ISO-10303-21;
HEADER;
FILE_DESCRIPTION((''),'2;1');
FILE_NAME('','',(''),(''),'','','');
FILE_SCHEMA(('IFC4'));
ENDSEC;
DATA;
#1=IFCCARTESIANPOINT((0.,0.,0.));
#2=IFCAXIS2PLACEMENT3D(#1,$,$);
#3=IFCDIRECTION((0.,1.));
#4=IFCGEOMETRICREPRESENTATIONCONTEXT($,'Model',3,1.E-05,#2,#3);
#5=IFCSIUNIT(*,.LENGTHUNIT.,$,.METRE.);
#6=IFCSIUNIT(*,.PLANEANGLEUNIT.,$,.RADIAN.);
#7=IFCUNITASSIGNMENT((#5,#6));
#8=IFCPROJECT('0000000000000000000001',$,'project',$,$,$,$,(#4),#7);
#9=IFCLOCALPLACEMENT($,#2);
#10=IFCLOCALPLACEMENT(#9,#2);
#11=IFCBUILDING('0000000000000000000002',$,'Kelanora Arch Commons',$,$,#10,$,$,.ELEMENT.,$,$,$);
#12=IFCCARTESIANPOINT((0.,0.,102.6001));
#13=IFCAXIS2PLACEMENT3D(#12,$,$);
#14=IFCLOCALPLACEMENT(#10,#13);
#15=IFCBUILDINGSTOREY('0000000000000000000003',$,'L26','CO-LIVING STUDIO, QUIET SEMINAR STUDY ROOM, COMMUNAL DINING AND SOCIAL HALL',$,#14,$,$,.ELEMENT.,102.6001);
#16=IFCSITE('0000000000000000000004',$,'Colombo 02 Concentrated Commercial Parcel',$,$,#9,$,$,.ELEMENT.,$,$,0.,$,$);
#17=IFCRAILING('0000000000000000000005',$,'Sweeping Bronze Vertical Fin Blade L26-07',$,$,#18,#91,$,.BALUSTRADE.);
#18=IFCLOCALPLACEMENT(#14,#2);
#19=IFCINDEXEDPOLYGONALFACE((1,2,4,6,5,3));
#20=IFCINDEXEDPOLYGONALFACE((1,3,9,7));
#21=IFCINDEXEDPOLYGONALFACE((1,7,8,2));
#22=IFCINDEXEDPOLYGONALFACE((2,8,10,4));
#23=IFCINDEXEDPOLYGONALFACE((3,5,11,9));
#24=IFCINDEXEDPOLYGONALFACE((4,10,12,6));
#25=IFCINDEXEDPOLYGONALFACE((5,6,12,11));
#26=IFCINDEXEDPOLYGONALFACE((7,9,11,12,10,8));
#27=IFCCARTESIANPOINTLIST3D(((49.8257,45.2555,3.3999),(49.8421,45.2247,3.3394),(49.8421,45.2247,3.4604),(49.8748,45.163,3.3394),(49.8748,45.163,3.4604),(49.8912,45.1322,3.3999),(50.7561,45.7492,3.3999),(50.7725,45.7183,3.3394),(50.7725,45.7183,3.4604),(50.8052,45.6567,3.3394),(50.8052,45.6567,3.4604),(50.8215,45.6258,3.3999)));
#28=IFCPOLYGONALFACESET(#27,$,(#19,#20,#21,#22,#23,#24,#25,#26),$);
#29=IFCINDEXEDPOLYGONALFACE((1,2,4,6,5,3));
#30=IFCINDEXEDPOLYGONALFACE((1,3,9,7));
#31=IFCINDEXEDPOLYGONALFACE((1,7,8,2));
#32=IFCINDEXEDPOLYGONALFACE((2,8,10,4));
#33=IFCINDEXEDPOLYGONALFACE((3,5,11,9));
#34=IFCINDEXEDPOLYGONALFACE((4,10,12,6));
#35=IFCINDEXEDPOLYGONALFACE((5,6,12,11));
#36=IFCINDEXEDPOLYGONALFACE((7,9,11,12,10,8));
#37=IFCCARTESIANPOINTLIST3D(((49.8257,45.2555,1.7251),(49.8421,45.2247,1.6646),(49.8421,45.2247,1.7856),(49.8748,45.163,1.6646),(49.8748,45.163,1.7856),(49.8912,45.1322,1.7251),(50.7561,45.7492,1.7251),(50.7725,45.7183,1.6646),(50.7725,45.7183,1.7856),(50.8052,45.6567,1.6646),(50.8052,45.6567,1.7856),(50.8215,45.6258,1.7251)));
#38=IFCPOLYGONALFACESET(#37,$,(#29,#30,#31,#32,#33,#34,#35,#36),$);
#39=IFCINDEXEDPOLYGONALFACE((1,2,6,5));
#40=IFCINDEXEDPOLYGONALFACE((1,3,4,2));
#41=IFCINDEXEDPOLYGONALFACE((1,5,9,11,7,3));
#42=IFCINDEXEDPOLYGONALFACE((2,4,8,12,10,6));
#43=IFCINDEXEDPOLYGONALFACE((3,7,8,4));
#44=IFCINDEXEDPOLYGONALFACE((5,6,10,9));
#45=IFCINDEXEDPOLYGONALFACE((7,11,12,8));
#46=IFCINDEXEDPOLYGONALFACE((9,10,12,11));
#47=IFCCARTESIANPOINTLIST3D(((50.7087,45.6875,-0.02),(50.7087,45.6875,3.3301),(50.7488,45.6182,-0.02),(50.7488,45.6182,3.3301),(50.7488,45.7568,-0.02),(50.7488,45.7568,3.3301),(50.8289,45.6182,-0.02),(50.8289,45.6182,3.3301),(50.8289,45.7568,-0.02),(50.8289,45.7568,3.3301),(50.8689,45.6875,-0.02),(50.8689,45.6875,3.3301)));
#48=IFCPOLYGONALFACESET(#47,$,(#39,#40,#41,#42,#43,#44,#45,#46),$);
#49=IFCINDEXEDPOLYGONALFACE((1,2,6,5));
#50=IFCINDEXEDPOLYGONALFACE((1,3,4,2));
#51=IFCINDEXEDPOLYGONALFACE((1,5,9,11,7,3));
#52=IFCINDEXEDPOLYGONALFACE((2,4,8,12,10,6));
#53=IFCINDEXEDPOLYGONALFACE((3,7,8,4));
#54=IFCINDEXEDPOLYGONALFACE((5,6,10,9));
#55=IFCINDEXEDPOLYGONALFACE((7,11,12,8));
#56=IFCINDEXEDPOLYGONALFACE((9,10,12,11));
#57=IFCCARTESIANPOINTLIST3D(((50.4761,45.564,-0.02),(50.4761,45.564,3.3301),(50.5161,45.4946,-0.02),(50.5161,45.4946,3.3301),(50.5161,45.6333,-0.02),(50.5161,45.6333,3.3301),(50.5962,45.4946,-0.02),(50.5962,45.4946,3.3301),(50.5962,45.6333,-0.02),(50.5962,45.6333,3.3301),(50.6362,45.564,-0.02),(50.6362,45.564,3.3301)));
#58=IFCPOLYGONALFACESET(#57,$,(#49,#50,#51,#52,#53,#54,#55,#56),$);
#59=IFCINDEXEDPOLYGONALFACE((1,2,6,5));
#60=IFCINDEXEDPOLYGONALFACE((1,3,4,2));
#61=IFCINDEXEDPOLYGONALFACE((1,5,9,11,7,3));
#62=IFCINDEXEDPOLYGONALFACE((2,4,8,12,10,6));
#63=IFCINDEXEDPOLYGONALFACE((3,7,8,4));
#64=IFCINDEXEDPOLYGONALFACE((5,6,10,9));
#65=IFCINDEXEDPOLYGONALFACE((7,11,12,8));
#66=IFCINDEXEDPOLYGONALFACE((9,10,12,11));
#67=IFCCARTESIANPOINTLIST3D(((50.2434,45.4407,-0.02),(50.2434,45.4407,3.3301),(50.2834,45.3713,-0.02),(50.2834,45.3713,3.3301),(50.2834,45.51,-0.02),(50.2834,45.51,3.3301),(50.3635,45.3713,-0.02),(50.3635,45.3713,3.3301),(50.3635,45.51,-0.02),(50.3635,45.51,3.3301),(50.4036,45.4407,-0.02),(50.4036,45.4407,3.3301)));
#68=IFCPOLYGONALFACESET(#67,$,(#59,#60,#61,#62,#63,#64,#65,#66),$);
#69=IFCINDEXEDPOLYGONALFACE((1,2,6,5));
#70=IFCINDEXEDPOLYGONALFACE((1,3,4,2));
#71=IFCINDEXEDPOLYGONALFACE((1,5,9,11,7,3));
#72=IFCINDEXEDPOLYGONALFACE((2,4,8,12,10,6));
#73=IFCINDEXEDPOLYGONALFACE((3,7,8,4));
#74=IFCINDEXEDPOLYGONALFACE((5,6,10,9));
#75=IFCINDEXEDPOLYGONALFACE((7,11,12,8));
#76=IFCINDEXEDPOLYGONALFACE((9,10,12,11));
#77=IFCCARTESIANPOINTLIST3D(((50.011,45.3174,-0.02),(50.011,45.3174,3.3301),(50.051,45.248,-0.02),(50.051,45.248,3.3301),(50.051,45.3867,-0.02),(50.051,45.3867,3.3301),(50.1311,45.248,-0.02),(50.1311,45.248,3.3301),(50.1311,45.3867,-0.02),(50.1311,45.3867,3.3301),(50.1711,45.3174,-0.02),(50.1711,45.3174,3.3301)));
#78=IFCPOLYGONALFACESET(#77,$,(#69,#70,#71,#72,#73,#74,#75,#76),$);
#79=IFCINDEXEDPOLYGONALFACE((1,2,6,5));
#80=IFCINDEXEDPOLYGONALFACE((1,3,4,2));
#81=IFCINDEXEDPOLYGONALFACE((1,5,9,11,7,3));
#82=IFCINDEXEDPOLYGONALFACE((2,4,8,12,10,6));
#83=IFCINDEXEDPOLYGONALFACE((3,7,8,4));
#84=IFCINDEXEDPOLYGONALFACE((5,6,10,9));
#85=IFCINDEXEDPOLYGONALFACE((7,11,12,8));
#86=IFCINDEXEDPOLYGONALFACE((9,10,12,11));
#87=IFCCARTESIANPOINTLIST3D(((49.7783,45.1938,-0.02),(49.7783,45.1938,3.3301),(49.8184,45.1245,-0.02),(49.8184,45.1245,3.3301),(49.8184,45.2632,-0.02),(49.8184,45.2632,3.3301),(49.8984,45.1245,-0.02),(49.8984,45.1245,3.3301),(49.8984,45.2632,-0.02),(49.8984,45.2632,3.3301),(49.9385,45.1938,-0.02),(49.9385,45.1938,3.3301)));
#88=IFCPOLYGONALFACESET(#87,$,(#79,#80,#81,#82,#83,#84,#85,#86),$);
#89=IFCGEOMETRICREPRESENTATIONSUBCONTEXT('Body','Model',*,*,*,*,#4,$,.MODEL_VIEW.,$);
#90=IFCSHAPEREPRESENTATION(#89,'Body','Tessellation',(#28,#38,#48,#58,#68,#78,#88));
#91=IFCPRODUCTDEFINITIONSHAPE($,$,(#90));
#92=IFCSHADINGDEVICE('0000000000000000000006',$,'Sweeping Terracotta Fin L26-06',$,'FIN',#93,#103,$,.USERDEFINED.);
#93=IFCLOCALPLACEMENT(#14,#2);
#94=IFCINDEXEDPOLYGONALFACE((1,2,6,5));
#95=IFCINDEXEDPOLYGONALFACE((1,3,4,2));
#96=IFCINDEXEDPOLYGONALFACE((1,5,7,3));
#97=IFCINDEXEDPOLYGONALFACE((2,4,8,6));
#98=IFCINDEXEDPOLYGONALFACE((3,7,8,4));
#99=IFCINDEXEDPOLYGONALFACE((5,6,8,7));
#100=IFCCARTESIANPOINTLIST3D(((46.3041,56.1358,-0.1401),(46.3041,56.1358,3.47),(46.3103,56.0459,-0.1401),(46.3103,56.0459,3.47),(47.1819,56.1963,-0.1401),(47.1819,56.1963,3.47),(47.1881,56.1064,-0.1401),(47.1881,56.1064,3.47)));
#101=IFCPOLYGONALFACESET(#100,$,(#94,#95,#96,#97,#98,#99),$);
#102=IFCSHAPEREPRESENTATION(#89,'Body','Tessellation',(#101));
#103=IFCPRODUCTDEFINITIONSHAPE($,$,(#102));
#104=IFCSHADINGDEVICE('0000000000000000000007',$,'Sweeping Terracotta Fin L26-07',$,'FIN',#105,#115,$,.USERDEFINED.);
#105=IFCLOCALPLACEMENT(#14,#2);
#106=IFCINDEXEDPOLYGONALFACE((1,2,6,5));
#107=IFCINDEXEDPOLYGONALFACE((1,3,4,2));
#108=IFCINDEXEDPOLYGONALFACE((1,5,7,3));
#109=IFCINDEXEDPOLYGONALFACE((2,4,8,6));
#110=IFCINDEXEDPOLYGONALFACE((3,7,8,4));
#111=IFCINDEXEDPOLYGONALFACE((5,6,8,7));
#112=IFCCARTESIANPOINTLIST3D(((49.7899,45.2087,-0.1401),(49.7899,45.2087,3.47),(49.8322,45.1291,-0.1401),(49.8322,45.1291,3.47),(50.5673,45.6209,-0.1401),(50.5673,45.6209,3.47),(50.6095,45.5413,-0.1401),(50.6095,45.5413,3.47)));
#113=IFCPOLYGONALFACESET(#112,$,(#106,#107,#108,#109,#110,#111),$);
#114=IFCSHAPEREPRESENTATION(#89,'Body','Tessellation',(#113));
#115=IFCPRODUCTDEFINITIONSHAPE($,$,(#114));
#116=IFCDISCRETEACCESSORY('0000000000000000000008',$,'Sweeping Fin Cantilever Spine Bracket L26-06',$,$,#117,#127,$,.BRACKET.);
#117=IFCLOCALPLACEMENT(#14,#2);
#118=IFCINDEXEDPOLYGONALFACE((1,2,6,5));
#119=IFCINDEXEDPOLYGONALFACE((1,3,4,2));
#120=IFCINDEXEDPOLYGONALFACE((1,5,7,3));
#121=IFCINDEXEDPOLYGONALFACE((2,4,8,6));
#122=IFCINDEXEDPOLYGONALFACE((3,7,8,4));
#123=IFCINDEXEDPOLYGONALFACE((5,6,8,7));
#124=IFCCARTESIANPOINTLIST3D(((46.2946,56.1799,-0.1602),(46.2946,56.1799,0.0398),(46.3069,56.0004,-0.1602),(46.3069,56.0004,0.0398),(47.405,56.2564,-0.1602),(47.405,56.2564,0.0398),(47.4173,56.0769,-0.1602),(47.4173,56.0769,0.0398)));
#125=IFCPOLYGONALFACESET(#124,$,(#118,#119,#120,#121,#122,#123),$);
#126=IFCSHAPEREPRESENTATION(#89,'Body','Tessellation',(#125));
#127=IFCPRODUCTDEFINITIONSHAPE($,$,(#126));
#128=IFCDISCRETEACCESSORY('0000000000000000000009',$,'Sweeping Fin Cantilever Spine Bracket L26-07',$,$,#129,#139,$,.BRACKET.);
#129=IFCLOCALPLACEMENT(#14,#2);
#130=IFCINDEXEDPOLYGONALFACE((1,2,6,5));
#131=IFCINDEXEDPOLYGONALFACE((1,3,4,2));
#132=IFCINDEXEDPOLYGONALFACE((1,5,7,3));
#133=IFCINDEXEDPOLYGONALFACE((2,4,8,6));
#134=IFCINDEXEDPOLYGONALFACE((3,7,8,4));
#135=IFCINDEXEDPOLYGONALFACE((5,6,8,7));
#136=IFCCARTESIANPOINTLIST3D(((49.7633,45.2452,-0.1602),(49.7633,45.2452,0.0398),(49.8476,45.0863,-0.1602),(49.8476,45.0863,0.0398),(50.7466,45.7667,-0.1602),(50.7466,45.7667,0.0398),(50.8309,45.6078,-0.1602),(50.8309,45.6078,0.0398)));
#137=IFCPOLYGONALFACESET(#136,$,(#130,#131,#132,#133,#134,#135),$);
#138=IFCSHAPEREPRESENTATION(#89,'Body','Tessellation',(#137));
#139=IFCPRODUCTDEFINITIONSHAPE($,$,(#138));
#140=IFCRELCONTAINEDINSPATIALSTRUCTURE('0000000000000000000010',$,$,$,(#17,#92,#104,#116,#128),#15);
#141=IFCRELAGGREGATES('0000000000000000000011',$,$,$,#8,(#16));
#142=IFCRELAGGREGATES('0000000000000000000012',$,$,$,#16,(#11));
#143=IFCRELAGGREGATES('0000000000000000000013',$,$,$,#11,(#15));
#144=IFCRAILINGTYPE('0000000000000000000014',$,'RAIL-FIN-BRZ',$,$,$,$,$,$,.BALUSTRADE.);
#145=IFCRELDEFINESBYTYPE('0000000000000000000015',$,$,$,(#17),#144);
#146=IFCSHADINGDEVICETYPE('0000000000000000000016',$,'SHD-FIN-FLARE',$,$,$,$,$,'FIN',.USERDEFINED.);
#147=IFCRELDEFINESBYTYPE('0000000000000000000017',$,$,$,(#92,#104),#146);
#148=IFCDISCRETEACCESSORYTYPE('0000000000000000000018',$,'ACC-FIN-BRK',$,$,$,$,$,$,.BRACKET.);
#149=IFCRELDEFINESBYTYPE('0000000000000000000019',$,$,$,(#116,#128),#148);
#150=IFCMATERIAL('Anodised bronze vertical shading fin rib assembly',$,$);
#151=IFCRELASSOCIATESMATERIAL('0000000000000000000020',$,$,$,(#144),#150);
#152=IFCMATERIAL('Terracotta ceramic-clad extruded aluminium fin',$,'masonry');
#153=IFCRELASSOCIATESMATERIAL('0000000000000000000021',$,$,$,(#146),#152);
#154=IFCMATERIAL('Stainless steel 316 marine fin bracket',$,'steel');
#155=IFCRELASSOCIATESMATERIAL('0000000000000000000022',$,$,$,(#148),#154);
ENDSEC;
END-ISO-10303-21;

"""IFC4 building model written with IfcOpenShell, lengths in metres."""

from ifc_helpers import new_model, si_unit, direction, frame, origin, origin_2d, place, context, subcontext, project, spatial, polyline, rectangle, outline, extrude, source, transform, mapped, material, type_object, element, save


model = new_model("IFC4")

# Units and contexts
model_context = context("Model", 3, precision=1e-05, world=origin(), true_north=direction((0.0, 1.0)))
body_context = subcontext(model_context, "Body", "Model", "MODEL_VIEW")
ifc_project = project(units=[si_unit("LENGTHUNIT", "METRE"), si_unit("PLANEANGLEUNIT", "RADIAN")], contexts=[model_context])

# Site, building, storey
site_placement = place(None, origin())
site = spatial("IfcSite", under=ifc_project, at=site_placement, Name="Colombo 02 Concentrated Commercial Parcel", CompositionType="ELEMENT", RefElevation=0.0)
building_placement = place(site_placement, origin())
building = spatial("IfcBuilding", under=site, at=building_placement, Name="Kelanora Arch Commons", CompositionType="ELEMENT")
storey_placement = place(building_placement, frame((0.0, 0.0, 102.6001)))
storey = spatial("IfcBuildingStorey", under=building, at=storey_placement, Name="L26", Description="CO-LIVING STUDIO, QUIET SEMINAR STUDY ROOM, COMMUNAL DINING AND SOCIAL HALL", CompositionType="ELEMENT", Elevation=102.6001)

# Railing
ifc_material_1 = material(Name="Anodised bronze vertical shading fin rib assembly")
railing_type = type_object("IfcRailingType", Name="RAIL-FIN-BRZ", PredefinedType="BALUSTRADE", material=ifc_material_1)
railing_1_placement = place(storey_placement, frame((50.7888, 45.6875, -0.02)))
element("IfcRailing", 1, at=railing_1_placement, inside=storey, type_object=railing_type, Name="Sweeping Bronze Vertical Fin Blade L26-07", PredefinedType="BALUSTRADE", context=body_context, shape_type="SweptSolid", body=[
    extrude(outline(polyline([(0.0698, 0.0), (0.0349, 0.0605), (-0.0349, 0.0605), (-0.0698, 0.0), (-0.0349, -0.0605), (0.0349, -0.0605), (0.0698, 0.0)])), frame((0.0, 0.0, 3.4199), z_axis=(-0.883365, -0.468686, 0.0), x_axis=(0.468686, -0.883365, 0.0)), (0.0, 0.0, 1.0), 1.0532),
    extrude(outline(polyline([(0.0698, 0.0), (0.0349, 0.0605), (-0.0349, 0.0605), (-0.0698, 0.0), (-0.0349, -0.0605), (0.0349, -0.0605), (0.0698, 0.0)])), frame((0.0, 0.0, 1.7451), z_axis=(-0.883365, -0.468686, 0.0), x_axis=(0.468686, -0.883365, 0.0)), (0.0, 0.0, 1.0), 1.0532),
    extrude(outline(polyline([(0.0801, 0.0), (0.04, 0.0693), (-0.04, 0.0693), (-0.0801, 0.0), (-0.04, -0.0693), (0.04, -0.0693), (0.0801, 0.0)])), origin(), (0.0, 0.0, 1.0), 3.3501),
    extrude(outline(polyline([(0.0801, 0.0), (0.04, 0.0693), (-0.04, 0.0693), (-0.0801, 0.0), (-0.04, -0.0693), (0.04, -0.0693), (0.0801, 0.0)])), frame((-0.2327, -0.1235, 0.0)), (0.0, 0.0, 1.0), 3.3501),
    extrude(outline(polyline([(0.0801, 0.0), (0.04, 0.0693), (-0.04, 0.0693), (-0.0801, 0.0), (-0.04, -0.0693), (0.04, -0.0693), (0.0801, 0.0)])), frame((-0.4653, -0.2468, 0.0)), (0.0, 0.0, 1.0), 3.3501),
    extrude(outline(polyline([(0.0801, 0.0), (0.04, 0.0693), (-0.04, 0.0693), (-0.0801, 0.0), (-0.04, -0.0693), (0.04, -0.0693), (0.0801, 0.0)])), frame((-0.6978, -0.3701, 0.0)), (0.0, 0.0, 1.0), 3.3501),
    extrude(outline(polyline([(0.0801, 0.0), (0.04, 0.0693), (-0.04, 0.0693), (-0.0801, 0.0), (-0.04, -0.0693), (0.04, -0.0693), (0.0801, 0.0)])), frame((-0.9304, -0.4937, 0.0)), (0.0, 0.0, 1.0), 3.3501),
])

# Shading devices
ifc_material_2 = material(Name="Terracotta ceramic-clad extruded aluminium fin", Category="masonry")
shading_device_type = type_object("IfcShadingDeviceType", Name="SHD-FIN-FLARE", ElementType="FIN", PredefinedType="USERDEFINED", material=ifc_material_2)
shared_shape_1 = source(origin(), body_context, "Body", "SweptSolid", [
    extrude(rectangle(XDim=0.8799, YDim=0.0901, at=origin_2d()), origin(), (0.0, 0.0, 1.0), 3.6101),
])
for number, where, z_axis, x_axis, name in (
    (2, (46.7461, 56.1211, -0.1401), (0.0, 0.0, 1.0), (-0.997637, -0.068712, 0.0), "Sweeping Terracotta Fin L26-06"),
    (3, (50.1997, 45.375, -0.1401), (0.0, 0.0, 1.0), (-0.883439, -0.468547, 0.0), "Sweeping Terracotta Fin L26-07"),
):
    element("IfcShadingDevice", number, at=place(storey_placement, frame(where, z_axis=z_axis, x_axis=x_axis)), inside=storey, type_object=shading_device_type, Name=name, ObjectType="FIN", PredefinedType="USERDEFINED", context=body_context, shape_type="MappedRepresentation", body=[
        mapped(shared_shape_1, transform((0.0, 0.0, 0.0), scale=1.0)),
    ])

# Discrete accessories
ifc_material_3 = material(Name="Stainless steel 316 marine fin bracket", Category="steel")
discrete_accessory_type = type_object("IfcDiscreteAccessoryType", Name="ACC-FIN-BRK", PredefinedType="BRACKET", material=ifc_material_3)
shared_shape_2 = source(origin(), body_context, "Body", "SweptSolid", [
    extrude(rectangle(XDim=1.113, YDim=0.1799, at=origin_2d()), origin(), (0.0, 0.0, 1.0), 0.2),
])
for number, where, z_axis, x_axis, name in (
    (4, (46.856, 56.1284, -0.1602), (0.0, 0.0, 1.0), (-0.997637, -0.068712, 0.0), "Sweeping Fin Cantilever Spine Bracket L26-06"),
    (5, (50.2971, 45.4265, -0.1602), (0.0, 0.0, 1.0), (-0.883439, -0.468547, 0.0), "Sweeping Fin Cantilever Spine Bracket L26-07"),
):
    element("IfcDiscreteAccessory", number, at=place(storey_placement, frame(where, z_axis=z_axis, x_axis=x_axis)), inside=storey, type_object=discrete_accessory_type, Name=name, PredefinedType="BRACKET", context=body_context, shape_type="MappedRepresentation", body=[
        mapped(shared_shape_2, transform((0.0, 0.0, 0.0), scale=1.0)),
    ])

save(model, "model.ifc")
